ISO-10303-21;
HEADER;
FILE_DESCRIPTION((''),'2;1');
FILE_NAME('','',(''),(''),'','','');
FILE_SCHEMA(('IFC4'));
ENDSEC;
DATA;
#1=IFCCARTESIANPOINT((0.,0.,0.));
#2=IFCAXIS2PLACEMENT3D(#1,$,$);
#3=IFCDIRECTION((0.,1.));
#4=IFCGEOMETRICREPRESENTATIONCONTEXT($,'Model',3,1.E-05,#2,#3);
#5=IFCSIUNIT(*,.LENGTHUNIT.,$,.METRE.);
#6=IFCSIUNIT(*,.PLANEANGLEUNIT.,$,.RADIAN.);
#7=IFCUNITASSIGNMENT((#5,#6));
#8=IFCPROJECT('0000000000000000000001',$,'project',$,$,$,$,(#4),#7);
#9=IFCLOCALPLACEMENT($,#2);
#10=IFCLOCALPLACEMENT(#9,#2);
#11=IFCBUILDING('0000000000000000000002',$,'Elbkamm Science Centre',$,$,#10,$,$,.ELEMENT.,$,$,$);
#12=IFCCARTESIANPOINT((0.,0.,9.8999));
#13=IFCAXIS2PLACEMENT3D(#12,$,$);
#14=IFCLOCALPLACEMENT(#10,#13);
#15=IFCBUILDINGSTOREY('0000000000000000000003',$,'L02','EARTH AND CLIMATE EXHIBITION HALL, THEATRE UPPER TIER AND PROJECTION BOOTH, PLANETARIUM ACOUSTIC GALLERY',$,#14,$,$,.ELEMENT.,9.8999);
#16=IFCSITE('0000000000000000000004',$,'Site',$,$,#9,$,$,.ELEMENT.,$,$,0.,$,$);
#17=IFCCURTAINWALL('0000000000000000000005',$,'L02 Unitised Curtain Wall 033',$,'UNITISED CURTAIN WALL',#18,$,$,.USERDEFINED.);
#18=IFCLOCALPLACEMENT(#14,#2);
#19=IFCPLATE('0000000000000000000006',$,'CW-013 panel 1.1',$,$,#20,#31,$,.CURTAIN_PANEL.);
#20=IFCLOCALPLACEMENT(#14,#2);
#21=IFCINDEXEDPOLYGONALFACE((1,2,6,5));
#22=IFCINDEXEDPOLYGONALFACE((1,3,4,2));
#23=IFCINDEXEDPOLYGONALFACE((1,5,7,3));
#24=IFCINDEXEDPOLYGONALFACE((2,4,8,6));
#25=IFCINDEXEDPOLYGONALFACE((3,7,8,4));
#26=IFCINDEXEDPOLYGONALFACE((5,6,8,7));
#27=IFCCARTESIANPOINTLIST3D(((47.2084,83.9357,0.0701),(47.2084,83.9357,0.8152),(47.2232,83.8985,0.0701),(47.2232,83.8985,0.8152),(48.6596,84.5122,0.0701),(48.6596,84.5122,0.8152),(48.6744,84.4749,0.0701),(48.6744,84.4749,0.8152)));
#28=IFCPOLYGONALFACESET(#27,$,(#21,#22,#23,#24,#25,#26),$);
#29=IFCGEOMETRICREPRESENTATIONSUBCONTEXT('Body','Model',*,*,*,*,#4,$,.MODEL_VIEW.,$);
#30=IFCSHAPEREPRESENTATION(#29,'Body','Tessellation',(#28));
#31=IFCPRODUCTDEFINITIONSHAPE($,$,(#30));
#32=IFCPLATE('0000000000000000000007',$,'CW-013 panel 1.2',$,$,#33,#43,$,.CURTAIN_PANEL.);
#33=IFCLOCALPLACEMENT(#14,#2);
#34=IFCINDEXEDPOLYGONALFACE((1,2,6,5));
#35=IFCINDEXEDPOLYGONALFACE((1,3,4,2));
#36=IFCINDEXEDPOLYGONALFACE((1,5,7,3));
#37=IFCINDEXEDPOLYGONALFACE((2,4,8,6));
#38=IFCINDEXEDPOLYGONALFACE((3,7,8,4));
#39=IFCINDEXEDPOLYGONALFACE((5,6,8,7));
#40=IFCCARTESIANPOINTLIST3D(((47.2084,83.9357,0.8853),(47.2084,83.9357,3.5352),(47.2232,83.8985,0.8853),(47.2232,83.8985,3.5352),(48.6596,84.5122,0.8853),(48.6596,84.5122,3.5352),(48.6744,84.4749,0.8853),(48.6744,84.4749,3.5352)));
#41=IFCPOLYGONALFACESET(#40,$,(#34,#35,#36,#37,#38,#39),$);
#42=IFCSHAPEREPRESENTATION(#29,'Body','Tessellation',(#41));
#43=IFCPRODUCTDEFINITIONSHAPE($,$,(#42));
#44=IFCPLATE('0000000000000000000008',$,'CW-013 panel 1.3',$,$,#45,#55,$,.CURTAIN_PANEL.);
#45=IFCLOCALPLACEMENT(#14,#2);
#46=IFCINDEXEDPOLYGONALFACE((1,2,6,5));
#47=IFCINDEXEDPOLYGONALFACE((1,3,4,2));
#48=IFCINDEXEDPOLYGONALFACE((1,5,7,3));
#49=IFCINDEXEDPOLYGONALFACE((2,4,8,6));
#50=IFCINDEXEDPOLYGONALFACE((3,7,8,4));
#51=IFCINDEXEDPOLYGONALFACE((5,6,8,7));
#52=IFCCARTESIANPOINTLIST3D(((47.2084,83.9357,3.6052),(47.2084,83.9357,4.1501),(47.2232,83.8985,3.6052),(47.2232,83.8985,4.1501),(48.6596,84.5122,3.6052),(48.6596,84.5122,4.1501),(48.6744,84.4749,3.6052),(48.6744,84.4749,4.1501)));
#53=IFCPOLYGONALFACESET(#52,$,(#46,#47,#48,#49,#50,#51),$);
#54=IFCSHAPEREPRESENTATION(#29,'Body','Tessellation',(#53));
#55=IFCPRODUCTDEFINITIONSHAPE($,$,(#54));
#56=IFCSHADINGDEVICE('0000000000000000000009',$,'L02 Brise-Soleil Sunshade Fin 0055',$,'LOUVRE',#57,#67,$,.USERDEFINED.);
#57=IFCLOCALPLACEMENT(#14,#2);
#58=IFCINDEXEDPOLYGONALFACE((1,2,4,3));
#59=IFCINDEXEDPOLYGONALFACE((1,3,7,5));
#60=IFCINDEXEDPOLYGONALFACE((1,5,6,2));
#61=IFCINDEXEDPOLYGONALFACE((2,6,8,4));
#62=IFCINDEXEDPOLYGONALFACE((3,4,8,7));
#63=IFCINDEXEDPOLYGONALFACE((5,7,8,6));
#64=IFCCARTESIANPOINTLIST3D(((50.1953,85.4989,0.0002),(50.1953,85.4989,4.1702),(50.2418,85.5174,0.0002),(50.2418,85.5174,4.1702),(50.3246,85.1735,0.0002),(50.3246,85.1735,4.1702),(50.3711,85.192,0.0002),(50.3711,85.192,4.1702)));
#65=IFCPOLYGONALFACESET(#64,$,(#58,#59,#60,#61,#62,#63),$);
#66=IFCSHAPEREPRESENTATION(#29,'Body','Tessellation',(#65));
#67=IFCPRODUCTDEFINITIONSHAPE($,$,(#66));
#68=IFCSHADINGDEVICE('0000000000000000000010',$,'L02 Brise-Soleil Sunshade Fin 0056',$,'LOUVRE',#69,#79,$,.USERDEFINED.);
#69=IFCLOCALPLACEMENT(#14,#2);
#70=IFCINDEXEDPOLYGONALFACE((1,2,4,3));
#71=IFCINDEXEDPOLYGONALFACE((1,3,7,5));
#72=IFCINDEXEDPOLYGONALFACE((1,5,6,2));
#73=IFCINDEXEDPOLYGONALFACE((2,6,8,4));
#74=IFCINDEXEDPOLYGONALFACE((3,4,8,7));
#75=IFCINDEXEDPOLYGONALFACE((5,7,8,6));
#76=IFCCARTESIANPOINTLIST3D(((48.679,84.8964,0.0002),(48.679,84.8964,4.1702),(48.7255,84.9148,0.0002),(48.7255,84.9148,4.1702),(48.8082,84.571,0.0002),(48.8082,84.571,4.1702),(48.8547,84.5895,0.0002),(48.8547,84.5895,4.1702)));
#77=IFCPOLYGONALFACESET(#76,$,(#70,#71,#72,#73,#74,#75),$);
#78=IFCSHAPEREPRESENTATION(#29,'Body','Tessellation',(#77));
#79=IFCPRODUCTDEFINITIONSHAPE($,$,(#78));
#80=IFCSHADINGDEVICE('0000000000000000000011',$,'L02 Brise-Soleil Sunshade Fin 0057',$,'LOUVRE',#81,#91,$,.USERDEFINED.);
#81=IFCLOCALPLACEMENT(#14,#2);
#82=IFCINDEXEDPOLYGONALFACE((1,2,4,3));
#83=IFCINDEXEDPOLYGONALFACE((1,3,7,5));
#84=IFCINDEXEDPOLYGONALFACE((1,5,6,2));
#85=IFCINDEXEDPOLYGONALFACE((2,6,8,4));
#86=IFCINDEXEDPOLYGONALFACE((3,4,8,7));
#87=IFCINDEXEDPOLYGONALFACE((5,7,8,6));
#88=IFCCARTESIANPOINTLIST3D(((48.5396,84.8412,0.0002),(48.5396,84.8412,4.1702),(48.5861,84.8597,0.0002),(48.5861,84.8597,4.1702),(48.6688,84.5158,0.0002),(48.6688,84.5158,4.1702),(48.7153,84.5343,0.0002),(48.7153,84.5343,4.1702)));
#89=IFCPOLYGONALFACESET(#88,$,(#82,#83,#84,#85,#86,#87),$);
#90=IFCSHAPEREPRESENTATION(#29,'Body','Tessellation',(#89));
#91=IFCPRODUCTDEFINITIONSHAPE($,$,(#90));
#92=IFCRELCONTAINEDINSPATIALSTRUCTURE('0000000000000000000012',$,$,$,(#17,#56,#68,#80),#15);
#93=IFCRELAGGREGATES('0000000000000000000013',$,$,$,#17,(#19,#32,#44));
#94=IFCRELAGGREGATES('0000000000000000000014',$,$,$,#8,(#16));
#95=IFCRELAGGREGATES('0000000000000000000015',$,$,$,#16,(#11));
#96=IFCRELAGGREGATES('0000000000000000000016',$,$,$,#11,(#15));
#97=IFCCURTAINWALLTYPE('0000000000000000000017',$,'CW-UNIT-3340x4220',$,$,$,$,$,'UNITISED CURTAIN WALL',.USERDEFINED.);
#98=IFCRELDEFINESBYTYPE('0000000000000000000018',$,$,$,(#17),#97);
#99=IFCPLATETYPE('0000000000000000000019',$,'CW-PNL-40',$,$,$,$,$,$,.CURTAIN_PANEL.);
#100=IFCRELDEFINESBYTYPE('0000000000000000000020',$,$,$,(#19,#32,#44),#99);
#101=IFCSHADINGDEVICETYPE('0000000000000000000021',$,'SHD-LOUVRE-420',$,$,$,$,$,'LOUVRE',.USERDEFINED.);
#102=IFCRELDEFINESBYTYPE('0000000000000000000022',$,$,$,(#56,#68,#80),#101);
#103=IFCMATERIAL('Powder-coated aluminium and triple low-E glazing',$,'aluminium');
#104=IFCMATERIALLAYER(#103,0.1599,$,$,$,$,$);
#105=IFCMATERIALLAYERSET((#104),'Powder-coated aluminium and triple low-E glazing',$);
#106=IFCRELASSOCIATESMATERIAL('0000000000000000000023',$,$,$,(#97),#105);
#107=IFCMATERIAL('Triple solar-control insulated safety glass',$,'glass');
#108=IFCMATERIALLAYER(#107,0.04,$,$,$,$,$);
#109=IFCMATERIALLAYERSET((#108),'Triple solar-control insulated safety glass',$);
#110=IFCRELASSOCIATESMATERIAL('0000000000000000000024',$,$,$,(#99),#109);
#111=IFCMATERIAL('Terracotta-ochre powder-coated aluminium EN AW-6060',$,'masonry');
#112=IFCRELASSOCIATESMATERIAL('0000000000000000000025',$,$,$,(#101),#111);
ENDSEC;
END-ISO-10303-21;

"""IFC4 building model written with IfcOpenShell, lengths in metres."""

from ifc_helpers import new_model, si_unit, direction, frame, origin, origin_2d, place, context, subcontext, project, spatial, rectangle, extrude, material, layer, layer_set, type_object, element, aggregate, save


model = new_model("IFC4")

# Units and contexts
model_context = context("Model", 3, precision=1e-05, world=origin(), true_north=direction((0.0, 1.0)))
body_context = subcontext(model_context, "Body", "Model", "MODEL_VIEW")
ifc_project = project(units=[si_unit("LENGTHUNIT", "METRE"), si_unit("PLANEANGLEUNIT", "RADIAN")], contexts=[model_context])

# Site, building, storey
site_placement = place(None, origin())
site = spatial("IfcSite", under=ifc_project, at=site_placement, Name="Site", CompositionType="ELEMENT", RefElevation=0.0)
building_placement = place(site_placement, origin())
building = spatial("IfcBuilding", under=site, at=building_placement, Name="Elbkamm Science Centre", CompositionType="ELEMENT")
storey_placement = place(building_placement, frame((0.0, 0.0, 9.8999)))
storey = spatial("IfcBuildingStorey", under=building, at=storey_placement, Name="L02", Description="EARTH AND CLIMATE EXHIBITION HALL, THEATRE UPPER TIER AND PROJECTION BOOTH, PLANETARIUM ACOUSTIC GALLERY", CompositionType="ELEMENT", Elevation=9.8999)

# Curtain wall
ifc_material_1 = material(Name="Powder-coated aluminium and triple low-E glazing", Category="aluminium")
ifc_layer_1 = layer(ifc_material_1, 0.1599)
ifc_layer_set_1 = layer_set([ifc_layer_1], Name="Powder-coated aluminium and triple low-E glazing")
curtain_wall_type = type_object("IfcCurtainWallType", Name="CW-UNIT-3340x4220", ElementType="UNITISED CURTAIN WALL", PredefinedType="USERDEFINED", material=ifc_layer_set_1)
curtain_wall_1_placement = place(storey_placement, origin())
curtain_wall_1 = element("IfcCurtainWall", 1, at=curtain_wall_1_placement, inside=storey, type_object=curtain_wall_type, Name="L02 Unitised Curtain Wall 033", ObjectType="UNITISED CURTAIN WALL", PredefinedType="USERDEFINED")

# Plates
ifc_material_2 = material(Name="Triple solar-control insulated safety glass", Category="glass")
ifc_layer_2 = layer(ifc_material_2, 0.04)
ifc_layer_set_2 = layer_set([ifc_layer_2], Name="Triple solar-control insulated safety glass")
plate_type = type_object("IfcPlateType", Name="CW-PNL-40", PredefinedType="CURTAIN_PANEL", material=ifc_layer_set_2)
plate_1_placement = place(storey_placement, frame((47.9414, 84.2053, 0.0701), z_axis=(0.0, 0.0, 1.0), x_axis=(-0.929366, -0.36916, 0.0)))
plate_1 = element("IfcPlate", 2, at=plate_1_placement, type_object=plate_type, Name="CW-013 panel 1.1", PredefinedType="CURTAIN_PANEL", context=body_context, shape_type="SweptSolid", body=[
    extrude(rectangle(XDim=1.5615, YDim=0.04, at=origin_2d()), origin(), (0.0, 0.0, 1.0), 0.7451),
])
plate_2_placement = place(storey_placement, frame((47.9414, 84.2053, 0.8853), z_axis=(0.0, 0.0, 1.0), x_axis=(-0.929366, -0.36916, 0.0)))
plate_2 = element("IfcPlate", 3, at=plate_2_placement, type_object=plate_type, Name="CW-013 panel 1.2", PredefinedType="CURTAIN_PANEL", context=body_context, shape_type="SweptSolid", body=[
    extrude(rectangle(XDim=1.5615, YDim=0.04, at=origin_2d()), origin(), (0.0, 0.0, 1.0), 2.6499),
])
plate_3_placement = place(storey_placement, frame((47.9414, 84.2053, 3.6052), z_axis=(0.0, 0.0, 1.0), x_axis=(-0.929366, -0.36916, 0.0)))
plate_3 = element("IfcPlate", 4, at=plate_3_placement, type_object=plate_type, Name="CW-013 panel 1.3", PredefinedType="CURTAIN_PANEL", context=body_context, shape_type="SweptSolid", body=[
    extrude(rectangle(XDim=1.5615, YDim=0.04, at=origin_2d()), origin(), (0.0, 0.0, 1.0), 0.5449),
])
aggregate(curtain_wall_1, [plate_1, plate_2, plate_3])

# Shading devices
ifc_material_3 = material(Name="Terracotta-ochre powder-coated aluminium EN AW-6060", Category="masonry")
shading_device_type = type_object("IfcShadingDeviceType", Name="SHD-LOUVRE-420", ElementType="LOUVRE", PredefinedType="USERDEFINED", material=ifc_material_3)
for number, where, z_axis, x_axis, name in (
    (5, (50.2832, 85.3455, 0.0002), (0.0, 0.0, 1.0), (-0.36916, 0.929366, 0.0), "L02 Brise-Soleil Sunshade Fin 0055"),
    (6, (48.7668, 84.7429, 0.0002), (0.0, 0.0, 1.0), (-0.36916, 0.929366, 0.0), "L02 Brise-Soleil Sunshade Fin 0056"),
    (7, (48.6274, 84.6877, 0.0002), (0.0, 0.0, 1.0), (-0.36916, 0.929366, 0.0), "L02 Brise-Soleil Sunshade Fin 0057"),
):
    element("IfcShadingDevice", number, at=place(storey_placement, frame(where, z_axis=z_axis, x_axis=x_axis)), inside=storey, type_object=shading_device_type, Name=name, ObjectType="LOUVRE", PredefinedType="USERDEFINED", context=body_context, shape_type="SweptSolid", body=[
        extrude(rectangle(XDim=0.3501, YDim=0.05, at=origin_2d()), origin(), (0.0, 0.0, 1.0), 4.1699),
    ])

save(model, "model.ifc")
